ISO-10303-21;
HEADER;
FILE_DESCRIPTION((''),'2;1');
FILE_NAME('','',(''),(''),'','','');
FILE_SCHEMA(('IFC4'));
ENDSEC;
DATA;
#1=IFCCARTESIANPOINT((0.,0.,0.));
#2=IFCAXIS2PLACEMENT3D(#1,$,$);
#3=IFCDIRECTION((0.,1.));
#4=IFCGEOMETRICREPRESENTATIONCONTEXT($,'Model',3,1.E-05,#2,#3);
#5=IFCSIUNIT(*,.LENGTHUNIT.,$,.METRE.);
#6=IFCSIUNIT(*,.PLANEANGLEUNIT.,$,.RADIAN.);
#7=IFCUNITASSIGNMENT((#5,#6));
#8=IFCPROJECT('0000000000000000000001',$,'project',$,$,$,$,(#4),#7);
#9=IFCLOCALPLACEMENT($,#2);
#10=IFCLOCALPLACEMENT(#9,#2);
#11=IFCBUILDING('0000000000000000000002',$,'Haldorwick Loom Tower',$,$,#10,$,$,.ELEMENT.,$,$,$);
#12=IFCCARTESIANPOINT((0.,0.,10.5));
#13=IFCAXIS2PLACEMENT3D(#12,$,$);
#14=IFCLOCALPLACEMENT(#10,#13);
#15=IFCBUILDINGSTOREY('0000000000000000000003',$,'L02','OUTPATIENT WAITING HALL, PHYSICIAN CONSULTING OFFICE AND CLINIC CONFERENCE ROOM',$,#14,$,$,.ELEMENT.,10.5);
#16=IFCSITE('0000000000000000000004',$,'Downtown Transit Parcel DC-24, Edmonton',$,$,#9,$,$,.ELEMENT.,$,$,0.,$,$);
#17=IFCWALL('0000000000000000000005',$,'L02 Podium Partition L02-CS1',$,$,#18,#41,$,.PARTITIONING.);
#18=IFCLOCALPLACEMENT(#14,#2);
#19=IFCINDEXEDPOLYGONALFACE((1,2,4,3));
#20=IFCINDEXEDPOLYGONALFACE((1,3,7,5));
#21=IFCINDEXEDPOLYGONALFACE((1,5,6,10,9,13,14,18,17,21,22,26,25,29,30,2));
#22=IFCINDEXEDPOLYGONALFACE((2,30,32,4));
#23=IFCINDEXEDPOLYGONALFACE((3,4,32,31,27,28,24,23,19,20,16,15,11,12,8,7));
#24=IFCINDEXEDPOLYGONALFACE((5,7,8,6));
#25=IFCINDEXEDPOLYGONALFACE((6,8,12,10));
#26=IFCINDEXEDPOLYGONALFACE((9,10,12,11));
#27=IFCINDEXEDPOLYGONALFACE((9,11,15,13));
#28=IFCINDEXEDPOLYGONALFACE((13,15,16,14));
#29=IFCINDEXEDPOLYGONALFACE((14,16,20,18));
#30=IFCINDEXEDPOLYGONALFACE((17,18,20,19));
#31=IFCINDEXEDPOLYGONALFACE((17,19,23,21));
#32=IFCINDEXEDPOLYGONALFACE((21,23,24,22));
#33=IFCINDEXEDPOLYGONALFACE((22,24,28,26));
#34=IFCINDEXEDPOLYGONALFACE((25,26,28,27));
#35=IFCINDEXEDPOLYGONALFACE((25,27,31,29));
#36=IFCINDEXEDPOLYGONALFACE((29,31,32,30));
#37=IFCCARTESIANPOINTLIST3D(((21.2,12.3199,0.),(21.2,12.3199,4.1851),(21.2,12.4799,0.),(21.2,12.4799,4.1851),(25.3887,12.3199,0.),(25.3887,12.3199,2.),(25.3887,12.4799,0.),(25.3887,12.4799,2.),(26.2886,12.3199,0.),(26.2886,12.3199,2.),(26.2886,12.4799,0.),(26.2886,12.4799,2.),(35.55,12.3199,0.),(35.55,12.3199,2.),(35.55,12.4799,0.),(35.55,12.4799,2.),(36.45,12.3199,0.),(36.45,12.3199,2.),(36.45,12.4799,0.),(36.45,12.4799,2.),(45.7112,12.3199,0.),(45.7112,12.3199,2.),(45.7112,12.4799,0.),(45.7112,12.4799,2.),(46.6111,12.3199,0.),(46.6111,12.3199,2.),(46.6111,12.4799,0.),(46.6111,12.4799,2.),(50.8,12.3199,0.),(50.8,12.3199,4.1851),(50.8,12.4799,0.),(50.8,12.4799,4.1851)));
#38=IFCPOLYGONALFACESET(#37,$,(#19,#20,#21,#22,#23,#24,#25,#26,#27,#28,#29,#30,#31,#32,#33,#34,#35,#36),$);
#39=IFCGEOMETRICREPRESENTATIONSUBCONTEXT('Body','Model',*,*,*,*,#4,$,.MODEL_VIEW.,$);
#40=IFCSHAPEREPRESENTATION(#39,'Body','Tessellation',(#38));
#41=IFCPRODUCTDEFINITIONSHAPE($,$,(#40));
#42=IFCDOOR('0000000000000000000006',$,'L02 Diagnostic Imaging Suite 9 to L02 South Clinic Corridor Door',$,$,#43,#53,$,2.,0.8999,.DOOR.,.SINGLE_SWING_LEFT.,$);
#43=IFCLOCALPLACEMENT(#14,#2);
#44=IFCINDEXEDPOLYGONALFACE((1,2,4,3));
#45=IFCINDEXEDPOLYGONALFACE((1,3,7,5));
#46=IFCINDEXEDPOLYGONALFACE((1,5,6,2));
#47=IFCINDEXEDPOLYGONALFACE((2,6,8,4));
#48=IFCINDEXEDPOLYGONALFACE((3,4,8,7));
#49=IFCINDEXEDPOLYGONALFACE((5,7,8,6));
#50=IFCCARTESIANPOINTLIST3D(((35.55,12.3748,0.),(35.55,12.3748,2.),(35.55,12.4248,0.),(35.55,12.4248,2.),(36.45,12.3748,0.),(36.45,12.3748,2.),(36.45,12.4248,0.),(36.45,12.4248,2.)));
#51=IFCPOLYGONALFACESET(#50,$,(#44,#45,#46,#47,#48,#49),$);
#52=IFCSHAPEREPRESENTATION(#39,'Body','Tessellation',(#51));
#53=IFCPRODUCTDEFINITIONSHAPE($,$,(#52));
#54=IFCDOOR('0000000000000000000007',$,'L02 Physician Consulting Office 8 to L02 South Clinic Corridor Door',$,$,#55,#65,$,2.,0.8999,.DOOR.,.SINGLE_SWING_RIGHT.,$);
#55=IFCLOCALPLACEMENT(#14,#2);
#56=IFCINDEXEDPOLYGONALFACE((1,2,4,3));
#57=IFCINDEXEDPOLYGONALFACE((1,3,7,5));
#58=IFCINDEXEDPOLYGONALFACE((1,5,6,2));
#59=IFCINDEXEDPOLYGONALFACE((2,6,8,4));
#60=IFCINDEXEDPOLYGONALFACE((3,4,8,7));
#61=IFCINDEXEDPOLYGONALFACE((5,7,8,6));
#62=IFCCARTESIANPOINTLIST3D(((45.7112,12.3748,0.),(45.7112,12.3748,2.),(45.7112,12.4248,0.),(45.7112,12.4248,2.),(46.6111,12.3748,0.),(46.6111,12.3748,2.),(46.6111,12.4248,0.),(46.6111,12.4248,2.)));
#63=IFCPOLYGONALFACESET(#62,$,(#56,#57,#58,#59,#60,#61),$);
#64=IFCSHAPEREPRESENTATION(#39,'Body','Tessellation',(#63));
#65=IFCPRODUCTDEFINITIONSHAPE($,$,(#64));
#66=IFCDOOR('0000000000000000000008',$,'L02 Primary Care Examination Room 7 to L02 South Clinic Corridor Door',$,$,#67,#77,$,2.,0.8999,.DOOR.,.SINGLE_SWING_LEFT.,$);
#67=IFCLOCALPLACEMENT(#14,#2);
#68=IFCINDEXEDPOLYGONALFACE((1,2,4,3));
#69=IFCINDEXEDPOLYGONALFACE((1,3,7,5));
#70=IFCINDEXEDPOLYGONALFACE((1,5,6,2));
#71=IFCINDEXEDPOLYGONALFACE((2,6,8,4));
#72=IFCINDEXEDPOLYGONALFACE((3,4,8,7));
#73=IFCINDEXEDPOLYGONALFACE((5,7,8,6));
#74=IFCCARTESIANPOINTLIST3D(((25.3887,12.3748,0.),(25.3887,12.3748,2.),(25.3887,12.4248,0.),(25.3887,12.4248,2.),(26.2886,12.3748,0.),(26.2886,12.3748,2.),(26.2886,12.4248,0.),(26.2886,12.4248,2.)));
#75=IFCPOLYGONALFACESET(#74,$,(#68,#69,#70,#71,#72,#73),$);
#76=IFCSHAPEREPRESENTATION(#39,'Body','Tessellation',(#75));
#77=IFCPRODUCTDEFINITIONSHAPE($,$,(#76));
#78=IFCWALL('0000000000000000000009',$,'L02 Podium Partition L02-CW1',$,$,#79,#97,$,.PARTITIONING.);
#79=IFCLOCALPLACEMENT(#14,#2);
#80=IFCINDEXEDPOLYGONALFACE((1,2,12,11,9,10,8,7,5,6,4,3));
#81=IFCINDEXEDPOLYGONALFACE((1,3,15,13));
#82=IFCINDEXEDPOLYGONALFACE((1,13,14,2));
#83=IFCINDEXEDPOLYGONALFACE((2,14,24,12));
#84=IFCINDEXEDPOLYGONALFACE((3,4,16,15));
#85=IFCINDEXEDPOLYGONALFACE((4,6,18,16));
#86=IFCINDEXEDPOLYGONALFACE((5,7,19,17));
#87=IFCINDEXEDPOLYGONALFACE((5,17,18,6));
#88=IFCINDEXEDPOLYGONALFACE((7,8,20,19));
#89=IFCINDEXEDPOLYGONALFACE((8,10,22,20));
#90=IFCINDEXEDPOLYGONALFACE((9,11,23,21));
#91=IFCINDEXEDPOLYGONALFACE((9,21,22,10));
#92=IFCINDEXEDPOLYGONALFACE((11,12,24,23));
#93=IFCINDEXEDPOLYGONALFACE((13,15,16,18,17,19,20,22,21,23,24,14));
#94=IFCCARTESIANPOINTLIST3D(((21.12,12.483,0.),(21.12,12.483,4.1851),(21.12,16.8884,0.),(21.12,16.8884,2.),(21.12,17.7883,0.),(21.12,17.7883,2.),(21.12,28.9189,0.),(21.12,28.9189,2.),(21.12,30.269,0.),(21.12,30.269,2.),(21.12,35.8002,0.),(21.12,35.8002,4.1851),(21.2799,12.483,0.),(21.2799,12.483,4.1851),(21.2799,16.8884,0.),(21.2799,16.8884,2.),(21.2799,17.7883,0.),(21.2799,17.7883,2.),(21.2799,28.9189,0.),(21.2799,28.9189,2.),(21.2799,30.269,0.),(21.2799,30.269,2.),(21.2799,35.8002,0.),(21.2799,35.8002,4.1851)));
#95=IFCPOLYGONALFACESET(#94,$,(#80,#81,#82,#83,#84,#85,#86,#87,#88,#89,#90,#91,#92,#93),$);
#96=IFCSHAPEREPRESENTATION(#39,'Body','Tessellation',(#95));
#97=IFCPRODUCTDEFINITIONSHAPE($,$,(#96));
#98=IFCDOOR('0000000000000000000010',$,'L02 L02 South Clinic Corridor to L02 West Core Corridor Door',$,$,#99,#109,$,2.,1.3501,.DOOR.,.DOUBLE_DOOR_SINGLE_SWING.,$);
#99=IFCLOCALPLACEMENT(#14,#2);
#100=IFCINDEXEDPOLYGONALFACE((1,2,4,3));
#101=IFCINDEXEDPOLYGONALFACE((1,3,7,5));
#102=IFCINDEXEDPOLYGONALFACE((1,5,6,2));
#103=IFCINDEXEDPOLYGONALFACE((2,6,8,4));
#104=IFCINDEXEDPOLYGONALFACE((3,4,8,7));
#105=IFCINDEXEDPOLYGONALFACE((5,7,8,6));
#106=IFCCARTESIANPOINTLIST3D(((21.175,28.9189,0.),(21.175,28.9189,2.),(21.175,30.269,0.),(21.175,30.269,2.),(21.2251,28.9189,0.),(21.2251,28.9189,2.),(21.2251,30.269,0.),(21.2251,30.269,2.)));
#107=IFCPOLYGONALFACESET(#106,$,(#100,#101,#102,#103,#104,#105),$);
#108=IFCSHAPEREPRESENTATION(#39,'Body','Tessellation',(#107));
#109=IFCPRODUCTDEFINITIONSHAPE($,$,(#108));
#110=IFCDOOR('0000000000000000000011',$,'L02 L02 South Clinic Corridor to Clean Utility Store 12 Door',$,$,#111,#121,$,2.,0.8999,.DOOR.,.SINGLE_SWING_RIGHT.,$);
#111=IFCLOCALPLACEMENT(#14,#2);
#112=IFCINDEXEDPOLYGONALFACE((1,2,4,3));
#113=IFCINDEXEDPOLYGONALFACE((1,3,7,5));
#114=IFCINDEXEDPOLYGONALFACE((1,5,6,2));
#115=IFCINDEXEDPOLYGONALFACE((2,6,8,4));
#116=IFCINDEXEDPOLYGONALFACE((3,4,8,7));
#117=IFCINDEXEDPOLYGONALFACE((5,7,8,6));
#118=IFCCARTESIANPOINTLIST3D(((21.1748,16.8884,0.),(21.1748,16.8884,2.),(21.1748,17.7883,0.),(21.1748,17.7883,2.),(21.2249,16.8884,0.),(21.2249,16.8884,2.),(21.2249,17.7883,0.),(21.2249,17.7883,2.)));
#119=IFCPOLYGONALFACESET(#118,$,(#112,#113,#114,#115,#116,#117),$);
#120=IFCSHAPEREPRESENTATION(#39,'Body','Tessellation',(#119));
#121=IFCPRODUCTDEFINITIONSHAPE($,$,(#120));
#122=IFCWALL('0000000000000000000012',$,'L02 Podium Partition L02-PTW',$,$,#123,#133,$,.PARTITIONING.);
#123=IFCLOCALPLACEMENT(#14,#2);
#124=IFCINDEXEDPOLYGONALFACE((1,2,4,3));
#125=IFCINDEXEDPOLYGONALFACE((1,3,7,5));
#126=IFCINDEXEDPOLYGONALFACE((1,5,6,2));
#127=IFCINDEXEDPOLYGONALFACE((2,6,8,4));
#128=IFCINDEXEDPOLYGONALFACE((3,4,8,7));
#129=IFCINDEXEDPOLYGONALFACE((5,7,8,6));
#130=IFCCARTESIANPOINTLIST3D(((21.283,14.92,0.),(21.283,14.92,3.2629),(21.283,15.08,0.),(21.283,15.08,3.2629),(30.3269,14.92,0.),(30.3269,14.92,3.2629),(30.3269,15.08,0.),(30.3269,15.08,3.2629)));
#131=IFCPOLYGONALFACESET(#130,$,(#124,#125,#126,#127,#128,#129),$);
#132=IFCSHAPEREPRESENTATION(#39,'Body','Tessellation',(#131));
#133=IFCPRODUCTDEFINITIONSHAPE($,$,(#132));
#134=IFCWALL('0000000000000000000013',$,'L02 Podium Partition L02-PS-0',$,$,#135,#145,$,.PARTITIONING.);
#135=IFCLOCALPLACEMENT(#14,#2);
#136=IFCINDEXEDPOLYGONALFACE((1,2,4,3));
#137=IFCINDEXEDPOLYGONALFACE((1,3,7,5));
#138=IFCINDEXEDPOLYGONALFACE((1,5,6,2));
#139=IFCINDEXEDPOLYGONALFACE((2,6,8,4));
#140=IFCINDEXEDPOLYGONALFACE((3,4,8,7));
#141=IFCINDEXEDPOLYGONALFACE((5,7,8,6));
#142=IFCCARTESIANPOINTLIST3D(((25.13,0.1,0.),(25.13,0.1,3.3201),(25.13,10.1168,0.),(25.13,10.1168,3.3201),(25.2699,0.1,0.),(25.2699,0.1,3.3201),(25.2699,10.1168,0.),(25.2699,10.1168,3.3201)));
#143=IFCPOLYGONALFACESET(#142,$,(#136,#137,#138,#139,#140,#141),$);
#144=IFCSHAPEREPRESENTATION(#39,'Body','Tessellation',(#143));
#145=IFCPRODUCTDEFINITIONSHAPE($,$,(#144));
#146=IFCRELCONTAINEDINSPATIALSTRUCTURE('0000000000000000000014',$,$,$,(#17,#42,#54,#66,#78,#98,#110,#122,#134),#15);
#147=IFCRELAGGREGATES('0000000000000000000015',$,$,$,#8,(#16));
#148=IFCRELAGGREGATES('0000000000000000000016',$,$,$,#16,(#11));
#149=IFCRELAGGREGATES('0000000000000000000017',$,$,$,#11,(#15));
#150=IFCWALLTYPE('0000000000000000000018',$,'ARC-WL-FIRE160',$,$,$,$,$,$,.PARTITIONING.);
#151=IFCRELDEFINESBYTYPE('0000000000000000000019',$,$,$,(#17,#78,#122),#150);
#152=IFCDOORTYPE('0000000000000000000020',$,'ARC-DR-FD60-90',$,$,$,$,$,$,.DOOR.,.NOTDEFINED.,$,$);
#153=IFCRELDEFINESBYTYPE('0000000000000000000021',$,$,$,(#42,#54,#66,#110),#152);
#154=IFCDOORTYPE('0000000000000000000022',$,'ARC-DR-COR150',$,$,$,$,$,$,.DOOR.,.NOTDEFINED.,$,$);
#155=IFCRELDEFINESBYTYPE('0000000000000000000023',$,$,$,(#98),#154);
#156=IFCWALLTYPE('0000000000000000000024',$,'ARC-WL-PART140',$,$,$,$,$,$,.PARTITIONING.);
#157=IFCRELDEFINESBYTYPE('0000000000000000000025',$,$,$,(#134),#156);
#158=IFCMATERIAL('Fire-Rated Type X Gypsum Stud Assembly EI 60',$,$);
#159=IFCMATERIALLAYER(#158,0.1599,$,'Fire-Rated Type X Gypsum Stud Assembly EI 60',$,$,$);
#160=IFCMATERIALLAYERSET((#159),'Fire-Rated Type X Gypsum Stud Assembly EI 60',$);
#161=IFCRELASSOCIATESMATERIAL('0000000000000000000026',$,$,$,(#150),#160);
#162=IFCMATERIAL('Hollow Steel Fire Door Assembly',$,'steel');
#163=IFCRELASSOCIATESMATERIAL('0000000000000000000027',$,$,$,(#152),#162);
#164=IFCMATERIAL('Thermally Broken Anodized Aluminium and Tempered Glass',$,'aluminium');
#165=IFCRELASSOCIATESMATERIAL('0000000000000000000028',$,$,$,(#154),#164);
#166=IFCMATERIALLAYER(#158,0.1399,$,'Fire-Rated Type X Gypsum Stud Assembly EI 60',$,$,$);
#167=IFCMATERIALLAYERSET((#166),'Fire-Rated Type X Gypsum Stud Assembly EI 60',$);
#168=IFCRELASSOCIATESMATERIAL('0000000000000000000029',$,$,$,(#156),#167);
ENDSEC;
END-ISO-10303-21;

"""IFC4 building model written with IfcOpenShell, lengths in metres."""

from ifc_helpers import new_model, si_unit, direction, frame, frame_2d, origin, place, context, subcontext, project, spatial, rectangle, extrude, material, layer, layer_set, type_object, element, fill, save


model = new_model("IFC4")

# Units and contexts
model_context = context("Model", 3, precision=1e-05, world=origin(), true_north=direction((0.0, 1.0)))
body_context = subcontext(model_context, "Body", "Model", "MODEL_VIEW")
ifc_project = project(units=[si_unit("LENGTHUNIT", "METRE"), si_unit("PLANEANGLEUNIT", "RADIAN")], contexts=[model_context])

# Site, building, storey
site_placement = place(None, origin())
site = spatial("IfcSite", under=ifc_project, at=site_placement, Name="Downtown Transit Parcel DC-24, Edmonton", CompositionType="ELEMENT", RefElevation=0.0)
building_placement = place(site_placement, origin())
building = spatial("IfcBuilding", under=site, at=building_placement, Name="Haldorwick Loom Tower", CompositionType="ELEMENT")
storey_placement = place(building_placement, frame((0.0, 0.0, 10.5)))
storey = spatial("IfcBuildingStorey", under=building, at=storey_placement, Name="L02", Description="OUTPATIENT WAITING HALL, PHYSICIAN CONSULTING OFFICE AND CLINIC CONFERENCE ROOM", CompositionType="ELEMENT", Elevation=10.5)

# Walls, openings, doors
ifc_material_1 = material(Name="Fire-Rated Type X Gypsum Stud Assembly EI 60")
ifc_layer_1 = layer(ifc_material_1, 0.1599, Name="Fire-Rated Type X Gypsum Stud Assembly EI 60")
ifc_layer_set_1 = layer_set([ifc_layer_1], Name="Fire-Rated Type X Gypsum Stud Assembly EI 60")
wall_type_1 = type_object("IfcWallType", Name="ARC-WL-FIRE160", PredefinedType="PARTITIONING", material=ifc_layer_set_1)
wall_1_placement = place(storey_placement, frame((21.2, 12.3999, 0.0), z_axis=(0.0, 0.0, 1.0), x_axis=(1.0, 0.0, 0.0)))
wall_1 = element("IfcWall", 1, at=wall_1_placement, inside=storey, type_object=wall_type_1, Name="L02 Podium Partition L02-CS1", PredefinedType="PARTITIONING", context=body_context, shape_type="SweptSolid", body=[
    extrude(rectangle(XDim=29.6001, YDim=0.1599, at=frame_2d((14.8, 0.0))), origin(), (0.0, 0.0, 1.0), 4.1851),
])
opening_1_placement = place(wall_1_placement, frame((14.3501, 0.0, 0.0)))
opening_1 = element("IfcOpeningElement", 2, at=opening_1_placement, cuts=wall_1, PredefinedType="OPENING", context=body_context, shape_type="SweptSolid", body=[
    extrude(rectangle(XDim=0.8999, YDim=2.0, at=frame_2d((0.45, 1.0))), frame((0.0, 0.0898, 0.0), z_axis=(0.0, -1.0, 0.0), x_axis=(1.0, 0.0, 0.0)), (0.0, 0.0, 1.0), 0.1799),
])
opening_2_placement = place(wall_1_placement, frame((24.5112, 0.0, 0.0)))
opening_2 = element("IfcOpeningElement", 3, at=opening_2_placement, cuts=wall_1, PredefinedType="OPENING", context=body_context, shape_type="SweptSolid", body=[
    extrude(rectangle(XDim=0.8999, YDim=2.0, at=frame_2d((0.45, 1.0))), frame((0.0, 0.0898, 0.0), z_axis=(0.0, -1.0, 0.0), x_axis=(1.0, 0.0, 0.0)), (0.0, 0.0, 1.0), 0.1799),
])
opening_3_placement = place(wall_1_placement, frame((4.1887, 0.0, 0.0)))
opening_3 = element("IfcOpeningElement", 4, at=opening_3_placement, cuts=wall_1, PredefinedType="OPENING", context=body_context, shape_type="SweptSolid", body=[
    extrude(rectangle(XDim=0.8999, YDim=2.0, at=frame_2d((0.45, 1.0))), frame((0.0, 0.0898, 0.0), z_axis=(0.0, -1.0, 0.0), x_axis=(1.0, 0.0, 0.0)), (0.0, 0.0, 1.0), 0.1799),
])
ifc_material_2 = material(Name="Hollow Steel Fire Door Assembly", Category="steel")
door_type_1 = type_object("IfcDoorType", Name="ARC-DR-FD60-90", OperationType="NOTDEFINED", PredefinedType="DOOR", material=ifc_material_2)
door_1_placement = place(opening_1_placement, origin())
door_1 = element("IfcDoor", 5, at=door_1_placement, inside=storey, type_object=door_type_1, Name="L02 Diagnostic Imaging Suite 9 to L02 South Clinic Corridor Door", OperationType="SINGLE_SWING_LEFT", OverallHeight=2.0, OverallWidth=0.8999, PredefinedType="DOOR", context=body_context, shape_type="SweptSolid", body=[
    extrude(rectangle(XDim=0.8999, YDim=2.0, at=frame_2d((0.45, 1.0))), frame((0.0, 0.0249, 0.0), z_axis=(0.0, -1.0, 0.0), x_axis=(1.0, 0.0, 0.0)), (0.0, 0.0, 1.0), 0.05),
])
fill(opening_1, door_1)
door_2_placement = place(opening_2_placement, origin())
door_2 = element("IfcDoor", 6, at=door_2_placement, inside=storey, type_object=door_type_1, Name="L02 Physician Consulting Office 8 to L02 South Clinic Corridor Door", OperationType="SINGLE_SWING_RIGHT", OverallHeight=2.0, OverallWidth=0.8999, PredefinedType="DOOR", context=body_context, shape_type="SweptSolid", body=[
    extrude(rectangle(XDim=0.8999, YDim=2.0, at=frame_2d((0.45, 1.0))), frame((0.0, 0.0249, 0.0), z_axis=(0.0, -1.0, 0.0), x_axis=(1.0, 0.0, 0.0)), (0.0, 0.0, 1.0), 0.05),
])
fill(opening_2, door_2)
door_3_placement = place(opening_3_placement, origin())
door_3 = element("IfcDoor", 7, at=door_3_placement, inside=storey, type_object=door_type_1, Name="L02 Primary Care Examination Room 7 to L02 South Clinic Corridor Door", OperationType="SINGLE_SWING_LEFT", OverallHeight=2.0, OverallWidth=0.8999, PredefinedType="DOOR", context=body_context, shape_type="SweptSolid", body=[
    extrude(rectangle(XDim=0.8999, YDim=2.0, at=frame_2d((0.45, 1.0))), frame((0.0, 0.0249, 0.0), z_axis=(0.0, -1.0, 0.0), x_axis=(1.0, 0.0, 0.0)), (0.0, 0.0, 1.0), 0.05),
])
fill(opening_3, door_3)
wall_2_placement = place(storey_placement, frame((21.2, 12.4829, 0.0), z_axis=(0.0, 0.0, 1.0), x_axis=(0.0, 1.0, 0.0)))
wall_2 = element("IfcWall", 8, at=wall_2_placement, inside=storey, type_object=wall_type_1, Name="L02 Podium Partition L02-CW1", PredefinedType="PARTITIONING", context=body_context, shape_type="SweptSolid", body=[
    extrude(rectangle(XDim=23.3171, YDim=0.1599, at=frame_2d((11.6587, 0.0))), origin(), (0.0, 0.0, 1.0), 4.1851),
])
opening_4_placement = place(wall_2_placement, frame((16.436, 0.0, 0.0)))
opening_4 = element("IfcOpeningElement", 9, at=opening_4_placement, cuts=wall_2, PredefinedType="OPENING", context=body_context, shape_type="SweptSolid", body=[
    extrude(rectangle(XDim=1.3501, YDim=2.0, at=frame_2d((0.675, 1.0))), frame((0.0, 0.0898, 0.0), z_axis=(0.0, -1.0, 0.0), x_axis=(1.0, 0.0, 0.0)), (0.0, 0.0, 1.0), 0.1799),
])
opening_5_placement = place(wall_2_placement, frame((4.4055, 0.0, 0.0)))
opening_5 = element("IfcOpeningElement", 10, at=opening_5_placement, cuts=wall_2, PredefinedType="OPENING", context=body_context, shape_type="SweptSolid", body=[
    extrude(rectangle(XDim=0.8999, YDim=2.0, at=frame_2d((0.45, 1.0))), frame((0.0, 0.0898, 0.0), z_axis=(0.0, -1.0, 0.0), x_axis=(1.0, 0.0, 0.0)), (0.0, 0.0, 1.0), 0.1799),
])
ifc_material_3 = material(Name="Thermally Broken Anodized Aluminium and Tempered Glass", Category="aluminium")
door_type_2 = type_object("IfcDoorType", Name="ARC-DR-COR150", OperationType="NOTDEFINED", PredefinedType="DOOR", material=ifc_material_3)
door_4_placement = place(opening_4_placement, origin())
door_4 = element("IfcDoor", 11, at=door_4_placement, inside=storey, type_object=door_type_2, Name="L02 L02 South Clinic Corridor to L02 West Core Corridor Door", OperationType="DOUBLE_DOOR_SINGLE_SWING", OverallHeight=2.0, OverallWidth=1.3501, PredefinedType="DOOR", context=body_context, shape_type="SweptSolid", body=[
    extrude(rectangle(XDim=1.3501, YDim=2.0, at=frame_2d((0.675, 1.0))), frame((0.0, 0.0249, 0.0), z_axis=(0.0, -1.0, 0.0), x_axis=(1.0, 0.0, 0.0)), (0.0, 0.0, 1.0), 0.05),
])
fill(opening_4, door_4)
door_5_placement = place(opening_5_placement, frame((0.8999, 0.0, 0.0), z_axis=(0.0, 0.0, 1.0), x_axis=(-1.0, 0.0, 0.0)))
door_5 = element("IfcDoor", 12, at=door_5_placement, inside=storey, type_object=door_type_1, Name="L02 L02 South Clinic Corridor to Clean Utility Store 12 Door", OperationType="SINGLE_SWING_RIGHT", OverallHeight=2.0, OverallWidth=0.8999, PredefinedType="DOOR", context=body_context, shape_type="SweptSolid", body=[
    extrude(rectangle(XDim=0.8999, YDim=2.0, at=frame_2d((0.45, 1.0))), frame((0.0, 0.0249, 0.0), z_axis=(0.0, -1.0, 0.0), x_axis=(1.0, 0.0, 0.0)), (0.0, 0.0, 1.0), 0.05),
])
fill(opening_5, door_5)

# Walls
wall_3_placement = place(storey_placement, frame((21.283, 15.0, 0.0), z_axis=(0.0, 0.0, 1.0), x_axis=(1.0, 0.0, 0.0)))
element("IfcWall", 13, at=wall_3_placement, inside=storey, type_object=wall_type_1, Name="L02 Podium Partition L02-PTW", PredefinedType="PARTITIONING", context=body_context, shape_type="SweptSolid", body=[
    extrude(rectangle(XDim=9.0439, YDim=0.1599, at=frame_2d((4.522, 0.0))), origin(), (0.0, 0.0, 1.0), 3.2629),
])
ifc_layer_2 = layer(ifc_material_1, 0.1399, Name="Fire-Rated Type X Gypsum Stud Assembly EI 60")
ifc_layer_set_2 = layer_set([ifc_layer_2], Name="Fire-Rated Type X Gypsum Stud Assembly EI 60")
wall_type_2 = type_object("IfcWallType", Name="ARC-WL-PART140", PredefinedType="PARTITIONING", material=ifc_layer_set_2)
wall_4_placement = place(storey_placement, frame((25.2, 0.1001, 0.0), z_axis=(0.0, 0.0, 1.0), x_axis=(0.0, 1.0, 0.0)))
element("IfcWall", 14, at=wall_4_placement, inside=storey, type_object=wall_type_2, Name="L02 Podium Partition L02-PS-0", PredefinedType="PARTITIONING", context=body_context, shape_type="SweptSolid", body=[
    extrude(rectangle(XDim=10.0168, YDim=0.1399, at=frame_2d((5.0083, 0.0))), origin(), (0.0, 0.0, 1.0), 3.3201),
])

save(model, "model.ifc")
